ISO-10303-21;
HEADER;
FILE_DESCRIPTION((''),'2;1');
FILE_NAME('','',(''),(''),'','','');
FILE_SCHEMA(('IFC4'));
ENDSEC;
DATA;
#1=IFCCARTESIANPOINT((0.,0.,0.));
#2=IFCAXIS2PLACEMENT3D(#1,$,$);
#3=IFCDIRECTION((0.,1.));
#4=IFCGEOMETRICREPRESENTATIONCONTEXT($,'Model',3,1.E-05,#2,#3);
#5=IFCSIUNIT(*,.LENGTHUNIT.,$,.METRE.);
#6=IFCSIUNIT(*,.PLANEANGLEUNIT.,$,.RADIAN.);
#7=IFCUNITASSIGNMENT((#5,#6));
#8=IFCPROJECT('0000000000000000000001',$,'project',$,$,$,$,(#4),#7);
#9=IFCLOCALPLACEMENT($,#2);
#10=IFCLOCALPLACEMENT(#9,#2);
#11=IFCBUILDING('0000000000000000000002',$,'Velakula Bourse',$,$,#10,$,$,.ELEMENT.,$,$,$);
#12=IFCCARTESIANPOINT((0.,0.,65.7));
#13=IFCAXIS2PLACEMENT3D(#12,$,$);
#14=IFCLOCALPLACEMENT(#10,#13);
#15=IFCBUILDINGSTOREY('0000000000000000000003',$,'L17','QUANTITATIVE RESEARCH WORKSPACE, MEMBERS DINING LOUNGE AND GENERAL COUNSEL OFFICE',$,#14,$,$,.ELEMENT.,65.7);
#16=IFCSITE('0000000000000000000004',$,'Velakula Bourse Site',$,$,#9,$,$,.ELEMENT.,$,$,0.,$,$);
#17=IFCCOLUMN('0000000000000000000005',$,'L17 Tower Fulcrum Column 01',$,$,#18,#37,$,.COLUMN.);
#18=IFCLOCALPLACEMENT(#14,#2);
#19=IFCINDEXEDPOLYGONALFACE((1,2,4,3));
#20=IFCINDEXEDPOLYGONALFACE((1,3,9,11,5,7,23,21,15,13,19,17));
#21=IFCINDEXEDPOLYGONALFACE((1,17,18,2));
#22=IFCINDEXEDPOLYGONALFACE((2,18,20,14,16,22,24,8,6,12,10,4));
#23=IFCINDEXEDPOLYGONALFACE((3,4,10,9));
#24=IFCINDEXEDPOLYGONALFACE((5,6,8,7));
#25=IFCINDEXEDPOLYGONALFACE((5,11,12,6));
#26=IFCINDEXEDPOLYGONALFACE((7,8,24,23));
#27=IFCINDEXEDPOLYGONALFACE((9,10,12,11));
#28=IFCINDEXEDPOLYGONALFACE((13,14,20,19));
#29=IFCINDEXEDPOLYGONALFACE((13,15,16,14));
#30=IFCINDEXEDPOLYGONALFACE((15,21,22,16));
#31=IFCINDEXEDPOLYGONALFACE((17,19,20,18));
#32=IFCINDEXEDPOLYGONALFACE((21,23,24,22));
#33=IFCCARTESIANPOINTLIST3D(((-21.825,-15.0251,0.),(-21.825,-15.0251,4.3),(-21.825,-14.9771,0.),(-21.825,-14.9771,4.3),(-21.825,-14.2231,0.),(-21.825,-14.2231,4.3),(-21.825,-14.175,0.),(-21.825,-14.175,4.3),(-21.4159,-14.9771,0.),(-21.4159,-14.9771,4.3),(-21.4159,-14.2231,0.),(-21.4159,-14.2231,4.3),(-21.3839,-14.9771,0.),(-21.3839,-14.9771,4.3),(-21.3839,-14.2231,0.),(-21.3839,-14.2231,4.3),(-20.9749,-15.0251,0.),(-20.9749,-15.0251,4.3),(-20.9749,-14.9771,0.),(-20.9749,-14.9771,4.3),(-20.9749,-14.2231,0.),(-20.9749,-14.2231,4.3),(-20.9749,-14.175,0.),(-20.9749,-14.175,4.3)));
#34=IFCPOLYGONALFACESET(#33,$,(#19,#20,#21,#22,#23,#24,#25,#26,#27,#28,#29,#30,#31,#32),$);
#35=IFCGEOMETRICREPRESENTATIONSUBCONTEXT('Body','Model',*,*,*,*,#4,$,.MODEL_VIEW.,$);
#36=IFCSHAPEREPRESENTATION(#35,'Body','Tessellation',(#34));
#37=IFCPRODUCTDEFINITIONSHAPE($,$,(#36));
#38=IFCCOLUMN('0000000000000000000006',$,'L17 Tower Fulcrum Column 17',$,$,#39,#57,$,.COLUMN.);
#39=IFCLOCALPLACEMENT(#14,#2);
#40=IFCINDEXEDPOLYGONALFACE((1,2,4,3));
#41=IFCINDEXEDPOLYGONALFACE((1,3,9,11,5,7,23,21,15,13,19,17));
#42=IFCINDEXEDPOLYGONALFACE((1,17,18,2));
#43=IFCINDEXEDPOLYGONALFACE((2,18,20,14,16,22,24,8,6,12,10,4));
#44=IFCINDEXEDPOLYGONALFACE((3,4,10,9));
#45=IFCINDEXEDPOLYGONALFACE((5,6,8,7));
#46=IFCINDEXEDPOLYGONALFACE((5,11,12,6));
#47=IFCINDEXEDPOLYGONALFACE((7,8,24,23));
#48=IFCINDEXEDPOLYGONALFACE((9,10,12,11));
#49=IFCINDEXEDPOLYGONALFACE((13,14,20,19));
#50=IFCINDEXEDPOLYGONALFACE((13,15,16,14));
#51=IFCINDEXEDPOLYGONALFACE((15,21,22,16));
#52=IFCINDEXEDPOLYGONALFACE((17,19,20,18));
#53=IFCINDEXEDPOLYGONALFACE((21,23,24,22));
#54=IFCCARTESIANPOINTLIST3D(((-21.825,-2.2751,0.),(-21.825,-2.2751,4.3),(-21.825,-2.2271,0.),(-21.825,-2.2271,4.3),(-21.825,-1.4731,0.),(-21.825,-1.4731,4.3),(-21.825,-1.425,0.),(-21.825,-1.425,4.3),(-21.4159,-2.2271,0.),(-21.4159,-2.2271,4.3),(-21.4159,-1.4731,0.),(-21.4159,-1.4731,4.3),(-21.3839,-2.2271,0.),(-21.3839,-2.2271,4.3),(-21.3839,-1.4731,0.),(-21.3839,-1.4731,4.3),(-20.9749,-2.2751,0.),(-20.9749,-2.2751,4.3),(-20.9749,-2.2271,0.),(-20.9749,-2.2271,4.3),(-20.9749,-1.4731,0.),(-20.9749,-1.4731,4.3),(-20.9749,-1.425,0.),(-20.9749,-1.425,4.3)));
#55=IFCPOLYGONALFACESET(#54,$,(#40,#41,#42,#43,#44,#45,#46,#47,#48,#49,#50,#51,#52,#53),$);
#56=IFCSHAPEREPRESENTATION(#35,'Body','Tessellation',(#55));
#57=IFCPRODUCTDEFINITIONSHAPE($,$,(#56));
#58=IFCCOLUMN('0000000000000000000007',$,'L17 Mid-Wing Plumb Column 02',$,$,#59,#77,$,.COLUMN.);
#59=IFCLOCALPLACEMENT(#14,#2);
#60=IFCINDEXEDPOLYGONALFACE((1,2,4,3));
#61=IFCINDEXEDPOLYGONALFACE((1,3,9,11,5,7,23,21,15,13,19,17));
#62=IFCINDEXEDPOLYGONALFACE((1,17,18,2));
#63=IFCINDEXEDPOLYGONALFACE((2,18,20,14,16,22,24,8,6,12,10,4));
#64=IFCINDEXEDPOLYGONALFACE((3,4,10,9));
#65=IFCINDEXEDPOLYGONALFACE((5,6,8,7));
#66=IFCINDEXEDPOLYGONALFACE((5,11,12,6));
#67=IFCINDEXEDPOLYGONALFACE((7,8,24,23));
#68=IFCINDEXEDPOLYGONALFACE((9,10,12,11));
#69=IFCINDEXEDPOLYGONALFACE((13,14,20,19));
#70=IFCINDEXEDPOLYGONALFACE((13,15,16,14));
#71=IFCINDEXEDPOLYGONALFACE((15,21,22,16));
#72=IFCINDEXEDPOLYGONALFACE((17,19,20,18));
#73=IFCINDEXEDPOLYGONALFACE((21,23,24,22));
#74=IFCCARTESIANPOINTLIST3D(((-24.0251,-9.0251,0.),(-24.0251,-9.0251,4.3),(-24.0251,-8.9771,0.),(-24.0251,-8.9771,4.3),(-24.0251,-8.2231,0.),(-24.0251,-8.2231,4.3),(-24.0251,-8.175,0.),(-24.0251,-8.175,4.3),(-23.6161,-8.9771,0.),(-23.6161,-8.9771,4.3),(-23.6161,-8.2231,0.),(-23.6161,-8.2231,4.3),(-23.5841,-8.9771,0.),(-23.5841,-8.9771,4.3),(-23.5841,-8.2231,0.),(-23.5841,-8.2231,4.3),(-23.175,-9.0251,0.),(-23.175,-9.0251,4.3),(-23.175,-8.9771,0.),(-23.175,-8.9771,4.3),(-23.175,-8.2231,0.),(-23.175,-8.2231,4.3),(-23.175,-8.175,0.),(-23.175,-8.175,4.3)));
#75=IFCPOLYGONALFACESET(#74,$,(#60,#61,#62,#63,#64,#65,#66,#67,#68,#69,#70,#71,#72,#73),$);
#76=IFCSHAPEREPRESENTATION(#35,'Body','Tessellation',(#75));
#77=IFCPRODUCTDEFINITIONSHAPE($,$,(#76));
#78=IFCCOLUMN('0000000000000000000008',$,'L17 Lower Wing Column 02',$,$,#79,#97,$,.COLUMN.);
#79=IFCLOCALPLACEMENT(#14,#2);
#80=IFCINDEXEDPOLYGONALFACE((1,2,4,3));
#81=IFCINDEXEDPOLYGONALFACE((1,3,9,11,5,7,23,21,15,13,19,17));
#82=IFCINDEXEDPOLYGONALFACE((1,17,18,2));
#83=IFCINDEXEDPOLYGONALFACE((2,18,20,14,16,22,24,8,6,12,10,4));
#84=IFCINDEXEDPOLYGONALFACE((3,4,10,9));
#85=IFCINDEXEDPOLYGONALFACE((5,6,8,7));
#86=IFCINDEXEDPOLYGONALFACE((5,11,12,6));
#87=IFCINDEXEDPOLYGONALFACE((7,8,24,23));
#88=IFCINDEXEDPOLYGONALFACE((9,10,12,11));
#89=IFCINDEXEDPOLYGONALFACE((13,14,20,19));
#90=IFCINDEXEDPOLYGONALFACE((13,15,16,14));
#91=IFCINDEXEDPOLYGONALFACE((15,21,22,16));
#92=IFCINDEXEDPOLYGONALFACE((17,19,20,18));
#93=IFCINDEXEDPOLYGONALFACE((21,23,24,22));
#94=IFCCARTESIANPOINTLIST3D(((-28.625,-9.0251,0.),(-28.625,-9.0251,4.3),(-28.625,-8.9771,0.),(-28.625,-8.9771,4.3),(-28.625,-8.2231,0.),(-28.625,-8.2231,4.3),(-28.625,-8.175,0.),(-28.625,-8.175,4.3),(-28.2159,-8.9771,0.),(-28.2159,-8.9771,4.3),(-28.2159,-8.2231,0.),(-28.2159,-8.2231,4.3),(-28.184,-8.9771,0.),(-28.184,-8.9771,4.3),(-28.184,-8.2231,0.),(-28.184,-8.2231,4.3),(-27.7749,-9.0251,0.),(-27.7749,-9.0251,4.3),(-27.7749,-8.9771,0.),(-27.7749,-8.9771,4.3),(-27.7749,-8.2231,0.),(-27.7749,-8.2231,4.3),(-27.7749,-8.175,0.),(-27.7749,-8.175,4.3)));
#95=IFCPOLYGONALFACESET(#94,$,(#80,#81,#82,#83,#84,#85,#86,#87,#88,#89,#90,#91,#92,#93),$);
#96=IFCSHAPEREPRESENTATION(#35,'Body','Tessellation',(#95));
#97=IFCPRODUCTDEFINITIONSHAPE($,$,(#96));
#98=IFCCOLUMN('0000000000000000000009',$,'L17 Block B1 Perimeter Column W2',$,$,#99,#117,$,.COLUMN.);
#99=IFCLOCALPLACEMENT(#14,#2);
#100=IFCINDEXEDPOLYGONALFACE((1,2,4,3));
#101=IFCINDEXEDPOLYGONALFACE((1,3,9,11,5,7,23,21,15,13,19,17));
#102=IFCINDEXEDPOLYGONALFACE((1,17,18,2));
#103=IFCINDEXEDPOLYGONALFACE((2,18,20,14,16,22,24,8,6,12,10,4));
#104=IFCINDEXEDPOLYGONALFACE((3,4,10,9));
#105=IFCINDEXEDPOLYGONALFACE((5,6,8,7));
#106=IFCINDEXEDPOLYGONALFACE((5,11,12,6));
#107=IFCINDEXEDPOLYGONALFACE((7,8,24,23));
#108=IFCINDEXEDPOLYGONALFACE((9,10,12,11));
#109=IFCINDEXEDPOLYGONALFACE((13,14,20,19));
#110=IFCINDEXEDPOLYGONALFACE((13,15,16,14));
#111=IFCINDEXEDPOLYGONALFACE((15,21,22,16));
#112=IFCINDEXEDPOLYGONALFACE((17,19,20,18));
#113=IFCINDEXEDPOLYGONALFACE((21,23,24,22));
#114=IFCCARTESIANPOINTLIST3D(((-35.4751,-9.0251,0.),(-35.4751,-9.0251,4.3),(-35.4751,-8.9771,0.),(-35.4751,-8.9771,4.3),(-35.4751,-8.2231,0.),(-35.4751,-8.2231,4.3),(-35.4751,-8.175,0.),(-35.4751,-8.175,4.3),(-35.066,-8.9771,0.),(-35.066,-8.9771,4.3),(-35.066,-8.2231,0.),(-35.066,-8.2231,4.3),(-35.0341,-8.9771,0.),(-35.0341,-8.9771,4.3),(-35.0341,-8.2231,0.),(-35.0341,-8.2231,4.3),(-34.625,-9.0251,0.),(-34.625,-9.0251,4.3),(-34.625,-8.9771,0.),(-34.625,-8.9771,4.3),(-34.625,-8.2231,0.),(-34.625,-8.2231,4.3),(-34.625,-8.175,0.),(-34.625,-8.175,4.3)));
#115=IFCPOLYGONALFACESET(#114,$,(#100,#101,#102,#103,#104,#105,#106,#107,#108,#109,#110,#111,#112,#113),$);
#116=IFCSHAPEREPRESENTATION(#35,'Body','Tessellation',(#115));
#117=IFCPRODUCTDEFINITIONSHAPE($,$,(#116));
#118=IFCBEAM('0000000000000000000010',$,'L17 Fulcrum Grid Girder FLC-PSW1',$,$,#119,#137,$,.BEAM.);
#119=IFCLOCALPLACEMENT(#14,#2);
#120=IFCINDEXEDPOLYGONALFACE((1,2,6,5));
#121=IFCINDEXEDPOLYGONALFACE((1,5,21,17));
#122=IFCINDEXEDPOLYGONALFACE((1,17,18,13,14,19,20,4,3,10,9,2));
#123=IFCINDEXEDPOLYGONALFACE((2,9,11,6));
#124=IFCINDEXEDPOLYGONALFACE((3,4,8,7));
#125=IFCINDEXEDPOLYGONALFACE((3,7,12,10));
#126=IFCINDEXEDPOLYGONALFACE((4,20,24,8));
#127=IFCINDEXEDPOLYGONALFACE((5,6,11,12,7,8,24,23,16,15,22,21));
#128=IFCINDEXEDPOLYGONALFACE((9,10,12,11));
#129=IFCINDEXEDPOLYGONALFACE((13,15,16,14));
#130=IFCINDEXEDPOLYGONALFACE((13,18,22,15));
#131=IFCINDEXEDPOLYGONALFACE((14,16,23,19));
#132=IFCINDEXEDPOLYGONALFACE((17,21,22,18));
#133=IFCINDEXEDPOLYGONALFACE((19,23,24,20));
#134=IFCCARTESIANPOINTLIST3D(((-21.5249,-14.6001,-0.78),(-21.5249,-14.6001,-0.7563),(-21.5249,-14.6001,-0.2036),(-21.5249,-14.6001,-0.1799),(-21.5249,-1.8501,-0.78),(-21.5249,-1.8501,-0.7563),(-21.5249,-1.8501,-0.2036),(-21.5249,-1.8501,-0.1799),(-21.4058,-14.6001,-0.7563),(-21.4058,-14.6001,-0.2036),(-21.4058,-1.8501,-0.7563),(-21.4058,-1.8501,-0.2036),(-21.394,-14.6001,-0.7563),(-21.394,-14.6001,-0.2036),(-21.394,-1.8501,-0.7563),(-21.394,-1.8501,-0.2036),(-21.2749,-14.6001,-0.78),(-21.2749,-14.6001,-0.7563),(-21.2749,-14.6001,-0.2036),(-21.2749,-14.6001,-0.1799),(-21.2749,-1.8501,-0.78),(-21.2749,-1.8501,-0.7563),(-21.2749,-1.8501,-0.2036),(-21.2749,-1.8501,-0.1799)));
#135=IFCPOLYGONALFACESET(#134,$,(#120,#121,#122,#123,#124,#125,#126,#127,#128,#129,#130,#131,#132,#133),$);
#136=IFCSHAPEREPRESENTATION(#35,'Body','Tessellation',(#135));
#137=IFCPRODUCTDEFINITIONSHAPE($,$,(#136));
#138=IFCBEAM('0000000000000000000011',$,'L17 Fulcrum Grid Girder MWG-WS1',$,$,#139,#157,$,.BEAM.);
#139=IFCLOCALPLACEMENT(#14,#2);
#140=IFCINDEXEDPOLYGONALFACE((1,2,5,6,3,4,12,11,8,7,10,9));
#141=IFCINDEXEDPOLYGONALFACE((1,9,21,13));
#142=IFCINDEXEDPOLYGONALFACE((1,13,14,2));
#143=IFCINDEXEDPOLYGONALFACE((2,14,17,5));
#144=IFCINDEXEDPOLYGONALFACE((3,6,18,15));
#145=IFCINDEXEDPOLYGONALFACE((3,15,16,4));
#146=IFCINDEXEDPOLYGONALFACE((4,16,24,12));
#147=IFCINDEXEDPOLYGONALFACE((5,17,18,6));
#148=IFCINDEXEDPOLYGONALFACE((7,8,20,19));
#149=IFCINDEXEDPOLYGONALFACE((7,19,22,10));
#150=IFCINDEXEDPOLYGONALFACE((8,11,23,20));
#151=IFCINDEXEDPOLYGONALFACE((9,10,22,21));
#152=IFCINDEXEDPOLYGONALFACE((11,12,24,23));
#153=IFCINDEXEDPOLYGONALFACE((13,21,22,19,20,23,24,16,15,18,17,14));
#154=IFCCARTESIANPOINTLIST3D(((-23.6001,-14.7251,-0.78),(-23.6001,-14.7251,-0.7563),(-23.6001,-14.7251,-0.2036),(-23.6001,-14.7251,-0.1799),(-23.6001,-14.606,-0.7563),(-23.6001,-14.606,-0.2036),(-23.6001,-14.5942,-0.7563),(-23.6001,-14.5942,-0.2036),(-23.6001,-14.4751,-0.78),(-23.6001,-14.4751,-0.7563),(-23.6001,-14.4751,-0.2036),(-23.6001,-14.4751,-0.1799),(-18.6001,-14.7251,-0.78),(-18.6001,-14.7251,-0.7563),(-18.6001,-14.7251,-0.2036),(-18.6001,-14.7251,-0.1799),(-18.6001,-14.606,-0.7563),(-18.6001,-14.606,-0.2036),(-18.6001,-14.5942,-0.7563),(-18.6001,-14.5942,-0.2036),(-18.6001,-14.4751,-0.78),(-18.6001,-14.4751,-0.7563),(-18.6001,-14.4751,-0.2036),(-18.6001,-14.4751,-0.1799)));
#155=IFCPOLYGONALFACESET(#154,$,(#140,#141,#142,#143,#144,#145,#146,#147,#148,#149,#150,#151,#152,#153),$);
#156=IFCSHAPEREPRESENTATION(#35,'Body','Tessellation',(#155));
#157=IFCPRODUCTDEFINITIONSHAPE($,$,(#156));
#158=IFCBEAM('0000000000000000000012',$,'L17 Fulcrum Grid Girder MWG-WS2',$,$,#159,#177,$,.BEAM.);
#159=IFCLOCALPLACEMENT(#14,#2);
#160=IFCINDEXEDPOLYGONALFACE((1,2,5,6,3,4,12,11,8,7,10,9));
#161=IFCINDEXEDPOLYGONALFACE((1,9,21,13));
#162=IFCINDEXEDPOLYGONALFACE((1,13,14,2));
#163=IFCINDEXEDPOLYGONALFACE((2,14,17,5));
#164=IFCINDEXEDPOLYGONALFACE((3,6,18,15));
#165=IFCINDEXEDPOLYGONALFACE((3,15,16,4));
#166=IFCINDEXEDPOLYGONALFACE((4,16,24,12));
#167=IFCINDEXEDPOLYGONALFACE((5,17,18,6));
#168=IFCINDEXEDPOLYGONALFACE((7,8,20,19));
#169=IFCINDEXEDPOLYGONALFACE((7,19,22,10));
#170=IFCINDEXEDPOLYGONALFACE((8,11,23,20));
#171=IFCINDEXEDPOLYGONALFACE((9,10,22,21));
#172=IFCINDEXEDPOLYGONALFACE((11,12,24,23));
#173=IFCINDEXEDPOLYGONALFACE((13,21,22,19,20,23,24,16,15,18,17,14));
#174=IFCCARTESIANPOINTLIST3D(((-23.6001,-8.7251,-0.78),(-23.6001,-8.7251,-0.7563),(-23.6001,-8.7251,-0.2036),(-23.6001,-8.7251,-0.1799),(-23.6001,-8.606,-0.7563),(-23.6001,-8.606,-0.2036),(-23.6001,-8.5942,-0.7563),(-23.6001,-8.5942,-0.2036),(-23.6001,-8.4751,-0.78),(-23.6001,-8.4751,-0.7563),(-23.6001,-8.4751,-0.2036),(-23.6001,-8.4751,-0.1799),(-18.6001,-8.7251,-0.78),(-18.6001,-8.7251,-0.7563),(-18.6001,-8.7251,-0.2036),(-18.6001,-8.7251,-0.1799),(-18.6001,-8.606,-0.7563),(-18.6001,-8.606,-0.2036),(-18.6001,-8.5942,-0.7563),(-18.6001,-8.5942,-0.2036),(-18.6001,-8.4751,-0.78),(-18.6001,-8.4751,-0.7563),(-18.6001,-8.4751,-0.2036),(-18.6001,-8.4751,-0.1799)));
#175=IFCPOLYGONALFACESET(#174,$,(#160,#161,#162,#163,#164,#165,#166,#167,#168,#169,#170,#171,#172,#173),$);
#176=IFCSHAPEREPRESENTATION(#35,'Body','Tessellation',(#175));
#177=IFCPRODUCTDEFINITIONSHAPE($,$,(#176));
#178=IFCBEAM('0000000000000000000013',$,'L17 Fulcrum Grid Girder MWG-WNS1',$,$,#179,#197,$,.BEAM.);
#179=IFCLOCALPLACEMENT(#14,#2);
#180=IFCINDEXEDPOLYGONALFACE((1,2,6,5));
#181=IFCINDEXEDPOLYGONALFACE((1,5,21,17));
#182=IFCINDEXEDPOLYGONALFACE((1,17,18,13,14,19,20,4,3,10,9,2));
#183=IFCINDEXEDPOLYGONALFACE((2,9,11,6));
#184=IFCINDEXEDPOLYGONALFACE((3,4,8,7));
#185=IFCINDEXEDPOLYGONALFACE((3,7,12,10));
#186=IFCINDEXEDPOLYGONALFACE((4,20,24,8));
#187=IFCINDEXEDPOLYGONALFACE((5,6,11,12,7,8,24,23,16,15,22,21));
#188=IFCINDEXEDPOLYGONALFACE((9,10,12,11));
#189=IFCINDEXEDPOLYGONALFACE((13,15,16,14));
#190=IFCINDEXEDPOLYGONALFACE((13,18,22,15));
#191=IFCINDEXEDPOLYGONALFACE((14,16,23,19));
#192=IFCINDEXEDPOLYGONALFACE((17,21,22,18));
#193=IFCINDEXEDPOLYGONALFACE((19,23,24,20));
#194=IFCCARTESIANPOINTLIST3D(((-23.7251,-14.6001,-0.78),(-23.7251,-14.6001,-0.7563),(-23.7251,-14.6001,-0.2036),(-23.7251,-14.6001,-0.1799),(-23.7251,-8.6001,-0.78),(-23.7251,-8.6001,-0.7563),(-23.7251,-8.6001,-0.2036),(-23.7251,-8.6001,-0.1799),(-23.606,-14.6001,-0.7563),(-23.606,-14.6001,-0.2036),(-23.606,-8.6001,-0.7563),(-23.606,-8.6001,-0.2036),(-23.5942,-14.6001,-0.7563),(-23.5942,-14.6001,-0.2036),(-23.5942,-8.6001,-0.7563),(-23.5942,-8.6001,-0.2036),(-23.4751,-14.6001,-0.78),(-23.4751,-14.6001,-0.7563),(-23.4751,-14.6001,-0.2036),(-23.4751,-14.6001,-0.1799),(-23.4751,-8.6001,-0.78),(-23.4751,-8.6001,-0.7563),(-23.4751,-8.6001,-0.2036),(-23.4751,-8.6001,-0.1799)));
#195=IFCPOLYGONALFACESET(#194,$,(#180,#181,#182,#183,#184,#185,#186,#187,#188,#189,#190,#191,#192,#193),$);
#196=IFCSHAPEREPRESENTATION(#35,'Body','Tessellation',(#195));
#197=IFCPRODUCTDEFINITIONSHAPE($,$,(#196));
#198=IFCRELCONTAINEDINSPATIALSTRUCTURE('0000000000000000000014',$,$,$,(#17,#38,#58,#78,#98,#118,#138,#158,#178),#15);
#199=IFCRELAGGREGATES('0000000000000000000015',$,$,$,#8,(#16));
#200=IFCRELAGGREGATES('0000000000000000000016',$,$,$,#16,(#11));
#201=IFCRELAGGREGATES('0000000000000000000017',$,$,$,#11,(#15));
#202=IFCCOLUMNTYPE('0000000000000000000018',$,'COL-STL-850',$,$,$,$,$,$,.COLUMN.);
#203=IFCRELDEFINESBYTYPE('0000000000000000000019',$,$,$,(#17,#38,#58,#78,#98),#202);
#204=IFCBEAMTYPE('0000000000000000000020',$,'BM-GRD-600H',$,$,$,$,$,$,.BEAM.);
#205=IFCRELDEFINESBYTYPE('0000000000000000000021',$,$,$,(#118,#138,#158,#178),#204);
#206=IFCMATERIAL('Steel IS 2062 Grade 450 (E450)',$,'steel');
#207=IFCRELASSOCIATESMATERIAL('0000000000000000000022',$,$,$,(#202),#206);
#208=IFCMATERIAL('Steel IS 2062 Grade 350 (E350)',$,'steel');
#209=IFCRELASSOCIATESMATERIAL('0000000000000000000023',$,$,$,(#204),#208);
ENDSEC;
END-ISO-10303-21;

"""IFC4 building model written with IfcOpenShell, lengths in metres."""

from ifc_helpers import new_model, si_unit, direction, frame, origin, origin_2d, place, context, subcontext, project, spatial, i_section, extrude, material, material_profile, profile_set, type_object, element, save


model = new_model("IFC4")

# Units and contexts
model_context = context("Model", 3, precision=1e-05, world=origin(), true_north=direction((0.0, 1.0)))
body_context = subcontext(model_context, "Body", "Model", "MODEL_VIEW")
ifc_project = project(units=[si_unit("LENGTHUNIT", "METRE"), si_unit("PLANEANGLEUNIT", "RADIAN")], contexts=[model_context])

# Site, building, storey
site_placement = place(None, origin())
site = spatial("IfcSite", under=ifc_project, at=site_placement, Name="Velakula Bourse Site", CompositionType="ELEMENT", RefElevation=0.0)
building_placement = place(site_placement, origin())
building = spatial("IfcBuilding", under=site, at=building_placement, Name="Velakula Bourse", CompositionType="ELEMENT")
storey_placement = place(building_placement, frame((0.0, 0.0, 65.7)))
storey = spatial("IfcBuildingStorey", under=building, at=storey_placement, Name="L17", Description="QUANTITATIVE RESEARCH WORKSPACE, MEMBERS DINING LOUNGE AND GENERAL COUNSEL OFFICE", CompositionType="ELEMENT", Elevation=65.7)

# Columns
ifc_material_1 = material(Name="Steel IS 2062 Grade 450 (E450)", Category="steel")
ifc_material_profile_1 = material_profile(ifc_material_1, i_section(OverallWidth=0.8501, OverallDepth=0.8501, WebThickness=0.032, FlangeThickness=0.0481, at=origin_2d()), Name="Steel IS 2062 Grade 450 (E450)")
ifc_profile_set_1 = profile_set([ifc_material_profile_1], Name="Steel IS 2062 Grade 450 (E450)")
column_type = type_object("IfcColumnType", Name="COL-STL-850", PredefinedType="COLUMN", material=ifc_profile_set_1)
for number, where, z_axis, x_axis, name in (
    (1, (-21.3999, -14.6001, 0.0), (0.0, 0.0, 1.0), (1.0, 0.0, 0.0), "L17 Tower Fulcrum Column 01"),
    (2, (-21.3999, -1.8501, 0.0), (0.0, 0.0, 1.0), (1.0, 0.0, 0.0), "L17 Tower Fulcrum Column 17"),
    (3, (-23.6001, -8.6001, 0.0), (0.0, 0.0, 1.0), (1.0, 0.0, 0.0), "L17 Mid-Wing Plumb Column 02"),
    (4, (-28.2, -8.6001, 0.0), (0.0, 0.0, 1.0), (1.0, 0.0, 0.0), "L17 Lower Wing Column 02"),
    (5, (-35.05, -8.6001, 0.0), (0.0, 0.0, 1.0), (1.0, 0.0, 0.0), "L17 Block B1 Perimeter Column W2"),
):
    element("IfcColumn", number, at=place(storey_placement, frame(where, z_axis=z_axis, x_axis=x_axis)), inside=storey, type_object=column_type, Name=name, PredefinedType="COLUMN", context=body_context, shape_type="SweptSolid", body=[
        extrude(i_section(OverallWidth=0.8501, OverallDepth=0.8501, WebThickness=0.032, FlangeThickness=0.0481, at=origin_2d()), origin(), (0.0, 0.0, 1.0), 4.3),
    ])

# Beams
ifc_material_2 = material(Name="Steel IS 2062 Grade 350 (E350)", Category="steel")
ifc_material_profile_2 = material_profile(ifc_material_2, i_section(OverallWidth=0.25, OverallDepth=0.6001, WebThickness=0.0117, FlangeThickness=0.0237, at=origin_2d()), Name="Steel IS 2062 Grade 350 (E350)")
ifc_profile_set_2 = profile_set([ifc_material_profile_2], Name="Steel IS 2062 Grade 350 (E350)")
beam_type_1 = type_object("IfcBeamType", Name="BM-GRD-600H", PredefinedType="BEAM", material=ifc_profile_set_2)
beam_1_placement = place(storey_placement, frame((-21.3999, -14.6001, -0.48), z_axis=(0.0, 1.0, 0.0), x_axis=(-1.0, 0.0, 0.0)))
element("IfcBeam", 6, at=beam_1_placement, inside=storey, type_object=beam_type_1, Name="L17 Fulcrum Grid Girder FLC-PSW1", PredefinedType="BEAM", context=body_context, shape_type="SweptSolid", body=[
    extrude(i_section(OverallWidth=0.25, OverallDepth=0.6001, WebThickness=0.0117, FlangeThickness=0.0237, at=origin_2d()), origin(), (0.0, 0.0, 1.0), 12.75),
])
for number, where, z_axis, x_axis, name in (
    (7, (-23.6001, -14.6001, -0.48), (1.0, 0.0, 0.0), (0.0, 1.0, 0.0), "L17 Fulcrum Grid Girder MWG-WS1"),
    (8, (-23.6001, -8.6001, -0.48), (1.0, 0.0, 0.0), (0.0, 1.0, 0.0), "L17 Fulcrum Grid Girder MWG-WS2"),
):
    element("IfcBeam", number, at=place(storey_placement, frame(where, z_axis=z_axis, x_axis=x_axis)), inside=storey, type_object=beam_type_1, Name=name, PredefinedType="BEAM", context=body_context, shape_type="SweptSolid", body=[
        extrude(i_section(OverallWidth=0.25, OverallDepth=0.6001, WebThickness=0.0117, FlangeThickness=0.0237, at=origin_2d()), origin(), (0.0, 0.0, 1.0), 5.0),
    ])
beam_2_placement = place(storey_placement, frame((-23.6001, -14.6001, -0.48), z_axis=(0.0, 1.0, 0.0), x_axis=(-1.0, 0.0, 0.0)))
element("IfcBeam", 9, at=beam_2_placement, inside=storey, type_object=beam_type_1, Name="L17 Fulcrum Grid Girder MWG-WNS1", PredefinedType="BEAM", context=body_context, shape_type="SweptSolid", body=[
    extrude(i_section(OverallWidth=0.25, OverallDepth=0.6001, WebThickness=0.0117, FlangeThickness=0.0237, at=origin_2d()), origin(), (0.0, 0.0, 1.0), 6.0),
])

save(model, "model.ifc")
